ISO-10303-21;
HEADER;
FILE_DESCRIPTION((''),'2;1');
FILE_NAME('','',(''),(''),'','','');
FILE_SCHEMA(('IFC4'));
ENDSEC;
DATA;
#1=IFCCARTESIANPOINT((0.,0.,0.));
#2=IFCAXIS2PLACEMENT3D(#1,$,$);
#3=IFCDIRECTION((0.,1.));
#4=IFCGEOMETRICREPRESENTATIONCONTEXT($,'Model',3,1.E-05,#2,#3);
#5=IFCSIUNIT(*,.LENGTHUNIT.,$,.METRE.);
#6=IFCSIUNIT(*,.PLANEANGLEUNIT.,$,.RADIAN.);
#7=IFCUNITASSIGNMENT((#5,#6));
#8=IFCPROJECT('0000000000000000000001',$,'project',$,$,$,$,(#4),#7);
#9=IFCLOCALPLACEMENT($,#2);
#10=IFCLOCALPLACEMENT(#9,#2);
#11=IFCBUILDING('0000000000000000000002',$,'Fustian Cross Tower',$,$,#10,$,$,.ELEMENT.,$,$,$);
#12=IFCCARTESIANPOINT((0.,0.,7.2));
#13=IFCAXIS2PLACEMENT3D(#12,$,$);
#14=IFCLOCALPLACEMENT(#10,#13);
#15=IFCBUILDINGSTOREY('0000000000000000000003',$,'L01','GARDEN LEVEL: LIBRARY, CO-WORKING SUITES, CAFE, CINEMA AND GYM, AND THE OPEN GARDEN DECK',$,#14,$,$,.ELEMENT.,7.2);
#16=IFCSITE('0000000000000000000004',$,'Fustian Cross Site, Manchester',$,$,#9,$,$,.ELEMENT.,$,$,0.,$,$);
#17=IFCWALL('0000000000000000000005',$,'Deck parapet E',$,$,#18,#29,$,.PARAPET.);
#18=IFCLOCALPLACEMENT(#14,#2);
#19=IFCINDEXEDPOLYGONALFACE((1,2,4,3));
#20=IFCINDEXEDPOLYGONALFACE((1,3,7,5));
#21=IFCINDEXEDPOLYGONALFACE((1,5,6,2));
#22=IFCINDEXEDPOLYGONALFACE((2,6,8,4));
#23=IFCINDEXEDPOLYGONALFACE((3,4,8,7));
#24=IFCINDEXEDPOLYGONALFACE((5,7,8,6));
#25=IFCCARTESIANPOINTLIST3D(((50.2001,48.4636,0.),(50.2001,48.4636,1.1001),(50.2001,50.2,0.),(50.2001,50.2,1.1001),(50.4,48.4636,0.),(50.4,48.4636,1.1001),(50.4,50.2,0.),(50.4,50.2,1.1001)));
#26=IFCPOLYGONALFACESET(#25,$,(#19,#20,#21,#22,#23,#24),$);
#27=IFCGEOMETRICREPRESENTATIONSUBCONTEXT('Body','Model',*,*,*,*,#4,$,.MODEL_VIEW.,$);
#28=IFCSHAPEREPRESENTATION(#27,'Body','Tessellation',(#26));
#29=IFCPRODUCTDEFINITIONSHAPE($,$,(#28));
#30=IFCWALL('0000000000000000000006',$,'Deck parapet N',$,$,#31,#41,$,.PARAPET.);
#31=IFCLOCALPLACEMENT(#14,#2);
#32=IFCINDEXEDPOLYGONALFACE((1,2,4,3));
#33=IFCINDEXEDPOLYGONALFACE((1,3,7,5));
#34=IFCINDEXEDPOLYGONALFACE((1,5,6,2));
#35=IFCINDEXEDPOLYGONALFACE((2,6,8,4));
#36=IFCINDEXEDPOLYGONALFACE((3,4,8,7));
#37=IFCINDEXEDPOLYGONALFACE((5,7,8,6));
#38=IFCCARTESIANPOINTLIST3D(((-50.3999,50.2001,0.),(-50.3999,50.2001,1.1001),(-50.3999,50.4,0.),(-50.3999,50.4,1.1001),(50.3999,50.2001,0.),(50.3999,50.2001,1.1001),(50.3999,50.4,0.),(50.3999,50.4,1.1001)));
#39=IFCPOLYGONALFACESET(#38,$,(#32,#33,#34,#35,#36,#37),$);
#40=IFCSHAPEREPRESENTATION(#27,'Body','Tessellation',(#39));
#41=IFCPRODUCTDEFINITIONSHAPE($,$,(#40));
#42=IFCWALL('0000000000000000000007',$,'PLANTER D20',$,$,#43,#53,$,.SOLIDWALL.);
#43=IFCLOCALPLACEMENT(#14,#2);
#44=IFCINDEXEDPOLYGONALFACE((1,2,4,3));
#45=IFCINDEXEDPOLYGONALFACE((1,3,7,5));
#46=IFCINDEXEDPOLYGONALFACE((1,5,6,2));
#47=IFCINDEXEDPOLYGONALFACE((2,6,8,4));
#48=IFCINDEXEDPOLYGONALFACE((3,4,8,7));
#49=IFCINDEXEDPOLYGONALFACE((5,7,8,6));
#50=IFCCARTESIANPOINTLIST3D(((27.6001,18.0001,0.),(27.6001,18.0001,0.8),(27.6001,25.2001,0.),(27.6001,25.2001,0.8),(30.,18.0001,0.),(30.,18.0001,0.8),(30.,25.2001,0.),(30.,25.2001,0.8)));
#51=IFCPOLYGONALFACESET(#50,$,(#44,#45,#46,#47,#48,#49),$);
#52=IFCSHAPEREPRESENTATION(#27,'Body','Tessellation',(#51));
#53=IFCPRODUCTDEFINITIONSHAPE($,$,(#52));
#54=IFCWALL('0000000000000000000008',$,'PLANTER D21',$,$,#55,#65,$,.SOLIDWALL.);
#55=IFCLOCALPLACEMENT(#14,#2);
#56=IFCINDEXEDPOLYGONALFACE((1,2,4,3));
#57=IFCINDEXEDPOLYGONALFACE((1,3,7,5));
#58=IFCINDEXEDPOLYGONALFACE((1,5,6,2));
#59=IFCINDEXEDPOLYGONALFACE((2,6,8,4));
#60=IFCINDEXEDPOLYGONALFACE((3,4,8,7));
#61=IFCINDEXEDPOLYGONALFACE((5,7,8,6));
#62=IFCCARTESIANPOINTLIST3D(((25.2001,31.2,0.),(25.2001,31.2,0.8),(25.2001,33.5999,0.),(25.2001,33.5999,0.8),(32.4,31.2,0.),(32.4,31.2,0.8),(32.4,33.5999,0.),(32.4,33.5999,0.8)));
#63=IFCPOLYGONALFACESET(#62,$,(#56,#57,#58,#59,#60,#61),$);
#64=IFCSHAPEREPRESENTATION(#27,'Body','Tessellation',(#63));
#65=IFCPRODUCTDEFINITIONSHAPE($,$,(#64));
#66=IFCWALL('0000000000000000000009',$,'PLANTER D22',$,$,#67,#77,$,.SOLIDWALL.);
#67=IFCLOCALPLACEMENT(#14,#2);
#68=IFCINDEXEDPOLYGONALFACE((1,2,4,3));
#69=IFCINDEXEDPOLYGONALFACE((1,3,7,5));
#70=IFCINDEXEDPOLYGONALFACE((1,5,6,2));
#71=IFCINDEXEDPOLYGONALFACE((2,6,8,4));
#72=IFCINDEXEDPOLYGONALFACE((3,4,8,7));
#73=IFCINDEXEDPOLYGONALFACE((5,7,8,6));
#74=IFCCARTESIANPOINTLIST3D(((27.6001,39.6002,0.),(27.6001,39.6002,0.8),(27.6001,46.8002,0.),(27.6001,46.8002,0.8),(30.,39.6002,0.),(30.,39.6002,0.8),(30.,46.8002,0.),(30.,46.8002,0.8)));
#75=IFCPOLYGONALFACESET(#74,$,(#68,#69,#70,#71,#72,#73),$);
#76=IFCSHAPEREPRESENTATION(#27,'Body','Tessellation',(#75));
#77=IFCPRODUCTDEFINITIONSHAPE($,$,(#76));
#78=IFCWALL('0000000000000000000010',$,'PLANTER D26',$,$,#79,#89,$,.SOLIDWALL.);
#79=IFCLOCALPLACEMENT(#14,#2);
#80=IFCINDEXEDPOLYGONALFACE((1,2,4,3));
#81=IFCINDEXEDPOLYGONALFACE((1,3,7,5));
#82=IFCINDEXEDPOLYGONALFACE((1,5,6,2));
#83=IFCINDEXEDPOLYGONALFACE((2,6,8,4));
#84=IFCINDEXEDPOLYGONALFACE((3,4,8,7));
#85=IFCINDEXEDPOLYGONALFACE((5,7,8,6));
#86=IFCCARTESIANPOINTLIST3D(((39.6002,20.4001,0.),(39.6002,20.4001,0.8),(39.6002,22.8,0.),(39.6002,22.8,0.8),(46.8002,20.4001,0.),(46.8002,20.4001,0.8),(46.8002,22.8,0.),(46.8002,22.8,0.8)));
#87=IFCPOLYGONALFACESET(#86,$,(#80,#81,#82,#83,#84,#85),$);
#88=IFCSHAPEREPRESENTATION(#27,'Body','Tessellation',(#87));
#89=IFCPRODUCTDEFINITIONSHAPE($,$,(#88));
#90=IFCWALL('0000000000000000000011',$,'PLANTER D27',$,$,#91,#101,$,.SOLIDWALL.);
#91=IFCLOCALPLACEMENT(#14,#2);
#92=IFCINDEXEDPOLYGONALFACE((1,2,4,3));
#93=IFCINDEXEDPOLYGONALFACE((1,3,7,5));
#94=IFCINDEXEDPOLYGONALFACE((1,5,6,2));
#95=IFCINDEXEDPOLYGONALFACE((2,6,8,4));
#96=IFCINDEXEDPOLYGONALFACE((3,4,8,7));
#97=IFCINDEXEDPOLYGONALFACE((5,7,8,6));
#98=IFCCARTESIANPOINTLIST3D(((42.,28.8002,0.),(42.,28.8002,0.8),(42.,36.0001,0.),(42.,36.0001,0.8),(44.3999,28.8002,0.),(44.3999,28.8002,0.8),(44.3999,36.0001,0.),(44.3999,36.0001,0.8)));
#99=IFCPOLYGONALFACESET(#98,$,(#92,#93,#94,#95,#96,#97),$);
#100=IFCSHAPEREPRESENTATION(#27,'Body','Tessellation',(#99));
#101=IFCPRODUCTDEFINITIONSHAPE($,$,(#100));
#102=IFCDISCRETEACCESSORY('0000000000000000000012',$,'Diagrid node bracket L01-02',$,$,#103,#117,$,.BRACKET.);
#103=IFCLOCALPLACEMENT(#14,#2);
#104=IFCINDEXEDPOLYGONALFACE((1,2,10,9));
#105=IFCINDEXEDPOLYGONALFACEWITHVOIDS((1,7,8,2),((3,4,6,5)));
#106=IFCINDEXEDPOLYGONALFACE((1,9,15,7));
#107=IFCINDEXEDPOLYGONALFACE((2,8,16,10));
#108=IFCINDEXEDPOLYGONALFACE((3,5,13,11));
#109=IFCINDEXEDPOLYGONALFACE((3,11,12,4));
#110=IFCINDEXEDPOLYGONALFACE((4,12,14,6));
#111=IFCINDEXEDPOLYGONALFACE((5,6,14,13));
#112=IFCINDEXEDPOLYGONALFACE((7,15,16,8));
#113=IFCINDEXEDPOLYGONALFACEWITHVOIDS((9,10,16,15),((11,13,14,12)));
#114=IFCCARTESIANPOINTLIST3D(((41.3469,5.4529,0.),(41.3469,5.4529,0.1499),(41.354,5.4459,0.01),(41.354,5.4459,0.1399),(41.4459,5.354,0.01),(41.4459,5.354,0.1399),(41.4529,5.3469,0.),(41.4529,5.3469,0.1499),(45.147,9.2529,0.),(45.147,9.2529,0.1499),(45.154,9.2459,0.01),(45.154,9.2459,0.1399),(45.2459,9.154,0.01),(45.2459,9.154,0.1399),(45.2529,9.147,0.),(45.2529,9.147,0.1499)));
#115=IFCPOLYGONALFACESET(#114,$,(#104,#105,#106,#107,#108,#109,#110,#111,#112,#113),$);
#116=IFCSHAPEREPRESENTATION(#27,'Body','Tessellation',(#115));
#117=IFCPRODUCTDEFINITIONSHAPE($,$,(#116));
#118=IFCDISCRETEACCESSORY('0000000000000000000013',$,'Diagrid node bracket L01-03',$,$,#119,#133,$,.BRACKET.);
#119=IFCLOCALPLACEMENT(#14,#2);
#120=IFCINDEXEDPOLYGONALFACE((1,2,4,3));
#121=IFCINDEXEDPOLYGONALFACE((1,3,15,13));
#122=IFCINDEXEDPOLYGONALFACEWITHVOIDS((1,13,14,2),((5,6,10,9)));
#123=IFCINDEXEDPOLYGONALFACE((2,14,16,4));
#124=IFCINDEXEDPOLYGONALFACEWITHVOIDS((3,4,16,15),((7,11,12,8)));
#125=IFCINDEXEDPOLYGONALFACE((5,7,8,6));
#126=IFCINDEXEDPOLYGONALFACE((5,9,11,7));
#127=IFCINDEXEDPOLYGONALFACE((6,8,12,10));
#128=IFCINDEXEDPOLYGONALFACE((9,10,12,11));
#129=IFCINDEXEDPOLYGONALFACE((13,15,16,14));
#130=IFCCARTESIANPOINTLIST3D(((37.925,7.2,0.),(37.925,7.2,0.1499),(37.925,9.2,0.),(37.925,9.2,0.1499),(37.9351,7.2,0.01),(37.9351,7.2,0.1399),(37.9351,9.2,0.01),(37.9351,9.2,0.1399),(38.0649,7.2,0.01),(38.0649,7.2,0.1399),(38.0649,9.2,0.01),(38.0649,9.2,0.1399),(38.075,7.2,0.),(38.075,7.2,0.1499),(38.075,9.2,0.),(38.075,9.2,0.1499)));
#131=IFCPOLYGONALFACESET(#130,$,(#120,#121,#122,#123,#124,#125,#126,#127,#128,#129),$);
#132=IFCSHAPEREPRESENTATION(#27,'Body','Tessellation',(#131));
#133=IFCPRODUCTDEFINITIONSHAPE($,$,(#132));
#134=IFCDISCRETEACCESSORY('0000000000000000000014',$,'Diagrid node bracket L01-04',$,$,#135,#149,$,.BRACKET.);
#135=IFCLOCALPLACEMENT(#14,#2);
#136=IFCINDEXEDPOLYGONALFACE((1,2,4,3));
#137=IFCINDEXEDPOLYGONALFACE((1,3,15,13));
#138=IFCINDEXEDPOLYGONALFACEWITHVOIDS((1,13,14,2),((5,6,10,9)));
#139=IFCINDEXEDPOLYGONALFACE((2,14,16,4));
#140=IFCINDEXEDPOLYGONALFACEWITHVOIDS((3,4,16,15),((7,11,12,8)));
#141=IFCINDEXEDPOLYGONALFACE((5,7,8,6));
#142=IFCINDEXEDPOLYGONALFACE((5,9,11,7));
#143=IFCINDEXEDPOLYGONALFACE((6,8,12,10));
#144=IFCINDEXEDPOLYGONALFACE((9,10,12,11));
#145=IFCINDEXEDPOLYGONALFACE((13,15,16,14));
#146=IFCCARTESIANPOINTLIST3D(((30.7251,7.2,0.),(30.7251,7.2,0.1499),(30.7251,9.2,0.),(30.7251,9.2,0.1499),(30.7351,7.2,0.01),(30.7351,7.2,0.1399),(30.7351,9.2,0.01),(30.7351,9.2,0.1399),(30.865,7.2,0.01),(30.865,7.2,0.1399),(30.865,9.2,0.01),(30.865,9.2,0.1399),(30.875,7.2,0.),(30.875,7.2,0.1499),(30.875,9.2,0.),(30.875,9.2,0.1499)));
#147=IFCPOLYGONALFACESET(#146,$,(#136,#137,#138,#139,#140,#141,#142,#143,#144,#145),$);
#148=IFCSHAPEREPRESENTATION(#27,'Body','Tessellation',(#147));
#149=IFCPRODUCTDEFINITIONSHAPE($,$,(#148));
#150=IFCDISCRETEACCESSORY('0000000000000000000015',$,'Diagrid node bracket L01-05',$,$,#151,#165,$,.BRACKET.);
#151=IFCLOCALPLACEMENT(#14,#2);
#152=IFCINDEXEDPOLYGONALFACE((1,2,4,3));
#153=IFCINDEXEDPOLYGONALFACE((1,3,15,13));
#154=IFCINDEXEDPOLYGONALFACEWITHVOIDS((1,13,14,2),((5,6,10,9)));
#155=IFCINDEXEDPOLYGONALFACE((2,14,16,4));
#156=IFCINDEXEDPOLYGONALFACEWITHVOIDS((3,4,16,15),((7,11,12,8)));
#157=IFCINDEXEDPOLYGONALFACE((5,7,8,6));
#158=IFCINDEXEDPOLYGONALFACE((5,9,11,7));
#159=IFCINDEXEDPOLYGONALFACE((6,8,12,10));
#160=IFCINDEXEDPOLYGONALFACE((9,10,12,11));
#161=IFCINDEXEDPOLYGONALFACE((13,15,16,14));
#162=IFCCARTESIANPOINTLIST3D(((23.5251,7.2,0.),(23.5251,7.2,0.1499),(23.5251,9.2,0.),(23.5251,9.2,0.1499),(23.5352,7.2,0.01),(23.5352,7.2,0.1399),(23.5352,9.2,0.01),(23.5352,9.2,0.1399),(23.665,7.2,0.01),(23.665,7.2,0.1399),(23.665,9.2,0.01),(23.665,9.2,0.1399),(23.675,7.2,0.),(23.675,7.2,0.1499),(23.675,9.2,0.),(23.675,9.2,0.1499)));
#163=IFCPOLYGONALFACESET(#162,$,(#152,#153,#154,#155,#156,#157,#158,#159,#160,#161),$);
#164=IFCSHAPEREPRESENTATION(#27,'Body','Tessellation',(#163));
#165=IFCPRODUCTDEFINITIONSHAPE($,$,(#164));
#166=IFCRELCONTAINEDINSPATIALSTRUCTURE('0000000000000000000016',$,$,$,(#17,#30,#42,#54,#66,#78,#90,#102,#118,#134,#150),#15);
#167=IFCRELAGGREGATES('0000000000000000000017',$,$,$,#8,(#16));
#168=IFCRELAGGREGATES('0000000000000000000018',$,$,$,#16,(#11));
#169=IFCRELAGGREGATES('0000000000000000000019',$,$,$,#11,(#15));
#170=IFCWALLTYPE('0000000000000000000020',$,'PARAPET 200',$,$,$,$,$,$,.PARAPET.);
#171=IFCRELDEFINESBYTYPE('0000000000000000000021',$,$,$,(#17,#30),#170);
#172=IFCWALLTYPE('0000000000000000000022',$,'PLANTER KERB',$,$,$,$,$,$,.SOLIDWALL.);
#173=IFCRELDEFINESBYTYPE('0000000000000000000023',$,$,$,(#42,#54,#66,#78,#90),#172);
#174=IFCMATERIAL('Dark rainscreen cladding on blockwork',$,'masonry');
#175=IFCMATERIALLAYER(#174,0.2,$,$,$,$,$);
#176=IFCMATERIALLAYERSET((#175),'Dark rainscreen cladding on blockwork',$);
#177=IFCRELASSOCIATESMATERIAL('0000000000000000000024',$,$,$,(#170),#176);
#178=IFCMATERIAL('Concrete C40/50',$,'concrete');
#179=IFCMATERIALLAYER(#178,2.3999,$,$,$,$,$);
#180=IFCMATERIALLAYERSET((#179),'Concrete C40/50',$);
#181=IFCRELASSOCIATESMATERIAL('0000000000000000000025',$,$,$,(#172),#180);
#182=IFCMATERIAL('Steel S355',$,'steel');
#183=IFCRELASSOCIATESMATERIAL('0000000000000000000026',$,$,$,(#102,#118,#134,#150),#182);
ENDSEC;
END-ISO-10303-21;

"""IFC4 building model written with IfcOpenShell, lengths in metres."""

from ifc_helpers import new_model, si_unit, direction, frame, frame_2d, origin, origin_2d, place, context, subcontext, project, spatial, rectangle, hollow_rectangle, extrude, material, layer, layer_set, type_object, element, save


model = new_model("IFC4")

# Units and contexts
model_context = context("Model", 3, precision=1e-05, world=origin(), true_north=direction((0.0, 1.0)))
body_context = subcontext(model_context, "Body", "Model", "MODEL_VIEW")
ifc_project = project(units=[si_unit("LENGTHUNIT", "METRE"), si_unit("PLANEANGLEUNIT", "RADIAN")], contexts=[model_context])

# Site, building, storey
site_placement = place(None, origin())
site = spatial("IfcSite", under=ifc_project, at=site_placement, Name="Fustian Cross Site, Manchester", CompositionType="ELEMENT", RefElevation=0.0)
building_placement = place(site_placement, origin())
building = spatial("IfcBuilding", under=site, at=building_placement, Name="Fustian Cross Tower", CompositionType="ELEMENT")
storey_placement = place(building_placement, frame((0.0, 0.0, 7.2)))
storey = spatial("IfcBuildingStorey", under=building, at=storey_placement, Name="L01", Description="GARDEN LEVEL: LIBRARY, CO-WORKING SUITES, CAFE, CINEMA AND GYM, AND THE OPEN GARDEN DECK", CompositionType="ELEMENT", Elevation=7.2)

# Walls
ifc_material_1 = material(Name="Dark rainscreen cladding on blockwork", Category="masonry")
ifc_layer_1 = layer(ifc_material_1, 0.2)
ifc_layer_set_1 = layer_set([ifc_layer_1], Name="Dark rainscreen cladding on blockwork")
wall_type_1 = type_object("IfcWallType", Name="PARAPET 200", PredefinedType="PARAPET", material=ifc_layer_set_1)
wall_1_placement = place(storey_placement, frame((50.3, 48.4636, 0.0), z_axis=(0.0, 0.0, 1.0), x_axis=(0.0, 1.0, 0.0)))
element("IfcWall", 1, at=wall_1_placement, inside=storey, type_object=wall_type_1, Name="Deck parapet E", PredefinedType="PARAPET", context=body_context, shape_type="SweptSolid", body=[
    extrude(rectangle(XDim=1.7363, YDim=0.2, at=frame_2d((0.8682, 0.0))), origin(), (0.0, 0.0, 1.0), 1.1001),
])
wall_2_placement = place(storey_placement, frame((50.3999, 50.3, 0.0), z_axis=(0.0, 0.0, 1.0), x_axis=(-1.0, 0.0, 0.0)))
element("IfcWall", 2, at=wall_2_placement, inside=storey, type_object=wall_type_1, Name="Deck parapet N", PredefinedType="PARAPET", context=body_context, shape_type="SweptSolid", body=[
    extrude(rectangle(XDim=100.7998, YDim=0.2, at=frame_2d((50.3999, 0.0))), origin(), (0.0, 0.0, 1.0), 1.1001),
])
ifc_material_2 = material(Name="Concrete C40/50", Category="concrete")
ifc_layer_2 = layer(ifc_material_2, 2.3999)
ifc_layer_set_2 = layer_set([ifc_layer_2], Name="Concrete C40/50")
wall_type_2 = type_object("IfcWallType", Name="PLANTER KERB", PredefinedType="SOLIDWALL", material=ifc_layer_set_2)
for number, where, z_axis, x_axis, name in (
    (3, (28.8, 18.0, 0.0), (0.0, 0.0, 1.0), (0.0, 1.0, 0.0), "PLANTER D20"),
    (4, (25.2, 32.3999, 0.0), (0.0, 0.0, 1.0), (1.0, 0.0, 0.0), "PLANTER D21"),
    (5, (28.8, 39.6001, 0.0), (0.0, 0.0, 1.0), (0.0, 1.0, 0.0), "PLANTER D22"),
    (6, (39.6001, 21.6001, 0.0), (0.0, 0.0, 1.0), (1.0, 0.0, 0.0), "PLANTER D26"),
    (7, (43.2, 28.8, 0.0), (0.0, 0.0, 1.0), (0.0, 1.0, 0.0), "PLANTER D27"),
):
    element("IfcWall", number, at=place(storey_placement, frame(where, z_axis=z_axis, x_axis=x_axis)), inside=storey, type_object=wall_type_2, Name=name, PredefinedType="SOLIDWALL", context=body_context, shape_type="SweptSolid", body=[
        extrude(rectangle(XDim=7.2, YDim=2.3999, at=frame_2d((3.6001, 0.0))), origin(), (0.0, 0.0, 1.0), 0.8),
    ])

# Discrete accessories
ifc_material_3 = material(Name="Steel S355", Category="steel")
discrete_accessory_placement = place(storey_placement, frame((45.2, 9.2, 0.075), z_axis=(-0.707107, -0.707107, 0.0), x_axis=(0.707107, -0.707107, 0.0)))
element("IfcDiscreteAccessory", 8, at=discrete_accessory_placement, inside=storey, material=ifc_material_3, Name="Diagrid node bracket L01-02", PredefinedType="BRACKET", context=body_context, shape_type="SweptSolid", body=[
    extrude(hollow_rectangle(XDim=0.1499, YDim=0.1499, WallThickness=0.01, at=origin_2d()), origin(), (0.0, 0.0, 1.0), 5.374),
])
for number, where, z_axis, x_axis, name in (
    (9, (38.0, 9.2, 0.075), (0.0, -1.0, 0.0), (1.0, 0.0, 0.0), "Diagrid node bracket L01-03"),
    (10, (30.8, 9.2, 0.075), (0.0, -1.0, 0.0), (1.0, 0.0, 0.0), "Diagrid node bracket L01-04"),
    (11, (23.6001, 9.2, 0.075), (0.0, -1.0, 0.0), (1.0, 0.0, 0.0), "Diagrid node bracket L01-05"),
):
    element("IfcDiscreteAccessory", number, at=place(storey_placement, frame(where, z_axis=z_axis, x_axis=x_axis)), inside=storey, material=ifc_material_3, Name=name, PredefinedType="BRACKET", context=body_context, shape_type="SweptSolid", body=[
        extrude(hollow_rectangle(XDim=0.1499, YDim=0.1499, WallThickness=0.01, at=origin_2d()), origin(), (0.0, 0.0, 1.0), 2.0),
    ])

save(model, "model.ifc")
